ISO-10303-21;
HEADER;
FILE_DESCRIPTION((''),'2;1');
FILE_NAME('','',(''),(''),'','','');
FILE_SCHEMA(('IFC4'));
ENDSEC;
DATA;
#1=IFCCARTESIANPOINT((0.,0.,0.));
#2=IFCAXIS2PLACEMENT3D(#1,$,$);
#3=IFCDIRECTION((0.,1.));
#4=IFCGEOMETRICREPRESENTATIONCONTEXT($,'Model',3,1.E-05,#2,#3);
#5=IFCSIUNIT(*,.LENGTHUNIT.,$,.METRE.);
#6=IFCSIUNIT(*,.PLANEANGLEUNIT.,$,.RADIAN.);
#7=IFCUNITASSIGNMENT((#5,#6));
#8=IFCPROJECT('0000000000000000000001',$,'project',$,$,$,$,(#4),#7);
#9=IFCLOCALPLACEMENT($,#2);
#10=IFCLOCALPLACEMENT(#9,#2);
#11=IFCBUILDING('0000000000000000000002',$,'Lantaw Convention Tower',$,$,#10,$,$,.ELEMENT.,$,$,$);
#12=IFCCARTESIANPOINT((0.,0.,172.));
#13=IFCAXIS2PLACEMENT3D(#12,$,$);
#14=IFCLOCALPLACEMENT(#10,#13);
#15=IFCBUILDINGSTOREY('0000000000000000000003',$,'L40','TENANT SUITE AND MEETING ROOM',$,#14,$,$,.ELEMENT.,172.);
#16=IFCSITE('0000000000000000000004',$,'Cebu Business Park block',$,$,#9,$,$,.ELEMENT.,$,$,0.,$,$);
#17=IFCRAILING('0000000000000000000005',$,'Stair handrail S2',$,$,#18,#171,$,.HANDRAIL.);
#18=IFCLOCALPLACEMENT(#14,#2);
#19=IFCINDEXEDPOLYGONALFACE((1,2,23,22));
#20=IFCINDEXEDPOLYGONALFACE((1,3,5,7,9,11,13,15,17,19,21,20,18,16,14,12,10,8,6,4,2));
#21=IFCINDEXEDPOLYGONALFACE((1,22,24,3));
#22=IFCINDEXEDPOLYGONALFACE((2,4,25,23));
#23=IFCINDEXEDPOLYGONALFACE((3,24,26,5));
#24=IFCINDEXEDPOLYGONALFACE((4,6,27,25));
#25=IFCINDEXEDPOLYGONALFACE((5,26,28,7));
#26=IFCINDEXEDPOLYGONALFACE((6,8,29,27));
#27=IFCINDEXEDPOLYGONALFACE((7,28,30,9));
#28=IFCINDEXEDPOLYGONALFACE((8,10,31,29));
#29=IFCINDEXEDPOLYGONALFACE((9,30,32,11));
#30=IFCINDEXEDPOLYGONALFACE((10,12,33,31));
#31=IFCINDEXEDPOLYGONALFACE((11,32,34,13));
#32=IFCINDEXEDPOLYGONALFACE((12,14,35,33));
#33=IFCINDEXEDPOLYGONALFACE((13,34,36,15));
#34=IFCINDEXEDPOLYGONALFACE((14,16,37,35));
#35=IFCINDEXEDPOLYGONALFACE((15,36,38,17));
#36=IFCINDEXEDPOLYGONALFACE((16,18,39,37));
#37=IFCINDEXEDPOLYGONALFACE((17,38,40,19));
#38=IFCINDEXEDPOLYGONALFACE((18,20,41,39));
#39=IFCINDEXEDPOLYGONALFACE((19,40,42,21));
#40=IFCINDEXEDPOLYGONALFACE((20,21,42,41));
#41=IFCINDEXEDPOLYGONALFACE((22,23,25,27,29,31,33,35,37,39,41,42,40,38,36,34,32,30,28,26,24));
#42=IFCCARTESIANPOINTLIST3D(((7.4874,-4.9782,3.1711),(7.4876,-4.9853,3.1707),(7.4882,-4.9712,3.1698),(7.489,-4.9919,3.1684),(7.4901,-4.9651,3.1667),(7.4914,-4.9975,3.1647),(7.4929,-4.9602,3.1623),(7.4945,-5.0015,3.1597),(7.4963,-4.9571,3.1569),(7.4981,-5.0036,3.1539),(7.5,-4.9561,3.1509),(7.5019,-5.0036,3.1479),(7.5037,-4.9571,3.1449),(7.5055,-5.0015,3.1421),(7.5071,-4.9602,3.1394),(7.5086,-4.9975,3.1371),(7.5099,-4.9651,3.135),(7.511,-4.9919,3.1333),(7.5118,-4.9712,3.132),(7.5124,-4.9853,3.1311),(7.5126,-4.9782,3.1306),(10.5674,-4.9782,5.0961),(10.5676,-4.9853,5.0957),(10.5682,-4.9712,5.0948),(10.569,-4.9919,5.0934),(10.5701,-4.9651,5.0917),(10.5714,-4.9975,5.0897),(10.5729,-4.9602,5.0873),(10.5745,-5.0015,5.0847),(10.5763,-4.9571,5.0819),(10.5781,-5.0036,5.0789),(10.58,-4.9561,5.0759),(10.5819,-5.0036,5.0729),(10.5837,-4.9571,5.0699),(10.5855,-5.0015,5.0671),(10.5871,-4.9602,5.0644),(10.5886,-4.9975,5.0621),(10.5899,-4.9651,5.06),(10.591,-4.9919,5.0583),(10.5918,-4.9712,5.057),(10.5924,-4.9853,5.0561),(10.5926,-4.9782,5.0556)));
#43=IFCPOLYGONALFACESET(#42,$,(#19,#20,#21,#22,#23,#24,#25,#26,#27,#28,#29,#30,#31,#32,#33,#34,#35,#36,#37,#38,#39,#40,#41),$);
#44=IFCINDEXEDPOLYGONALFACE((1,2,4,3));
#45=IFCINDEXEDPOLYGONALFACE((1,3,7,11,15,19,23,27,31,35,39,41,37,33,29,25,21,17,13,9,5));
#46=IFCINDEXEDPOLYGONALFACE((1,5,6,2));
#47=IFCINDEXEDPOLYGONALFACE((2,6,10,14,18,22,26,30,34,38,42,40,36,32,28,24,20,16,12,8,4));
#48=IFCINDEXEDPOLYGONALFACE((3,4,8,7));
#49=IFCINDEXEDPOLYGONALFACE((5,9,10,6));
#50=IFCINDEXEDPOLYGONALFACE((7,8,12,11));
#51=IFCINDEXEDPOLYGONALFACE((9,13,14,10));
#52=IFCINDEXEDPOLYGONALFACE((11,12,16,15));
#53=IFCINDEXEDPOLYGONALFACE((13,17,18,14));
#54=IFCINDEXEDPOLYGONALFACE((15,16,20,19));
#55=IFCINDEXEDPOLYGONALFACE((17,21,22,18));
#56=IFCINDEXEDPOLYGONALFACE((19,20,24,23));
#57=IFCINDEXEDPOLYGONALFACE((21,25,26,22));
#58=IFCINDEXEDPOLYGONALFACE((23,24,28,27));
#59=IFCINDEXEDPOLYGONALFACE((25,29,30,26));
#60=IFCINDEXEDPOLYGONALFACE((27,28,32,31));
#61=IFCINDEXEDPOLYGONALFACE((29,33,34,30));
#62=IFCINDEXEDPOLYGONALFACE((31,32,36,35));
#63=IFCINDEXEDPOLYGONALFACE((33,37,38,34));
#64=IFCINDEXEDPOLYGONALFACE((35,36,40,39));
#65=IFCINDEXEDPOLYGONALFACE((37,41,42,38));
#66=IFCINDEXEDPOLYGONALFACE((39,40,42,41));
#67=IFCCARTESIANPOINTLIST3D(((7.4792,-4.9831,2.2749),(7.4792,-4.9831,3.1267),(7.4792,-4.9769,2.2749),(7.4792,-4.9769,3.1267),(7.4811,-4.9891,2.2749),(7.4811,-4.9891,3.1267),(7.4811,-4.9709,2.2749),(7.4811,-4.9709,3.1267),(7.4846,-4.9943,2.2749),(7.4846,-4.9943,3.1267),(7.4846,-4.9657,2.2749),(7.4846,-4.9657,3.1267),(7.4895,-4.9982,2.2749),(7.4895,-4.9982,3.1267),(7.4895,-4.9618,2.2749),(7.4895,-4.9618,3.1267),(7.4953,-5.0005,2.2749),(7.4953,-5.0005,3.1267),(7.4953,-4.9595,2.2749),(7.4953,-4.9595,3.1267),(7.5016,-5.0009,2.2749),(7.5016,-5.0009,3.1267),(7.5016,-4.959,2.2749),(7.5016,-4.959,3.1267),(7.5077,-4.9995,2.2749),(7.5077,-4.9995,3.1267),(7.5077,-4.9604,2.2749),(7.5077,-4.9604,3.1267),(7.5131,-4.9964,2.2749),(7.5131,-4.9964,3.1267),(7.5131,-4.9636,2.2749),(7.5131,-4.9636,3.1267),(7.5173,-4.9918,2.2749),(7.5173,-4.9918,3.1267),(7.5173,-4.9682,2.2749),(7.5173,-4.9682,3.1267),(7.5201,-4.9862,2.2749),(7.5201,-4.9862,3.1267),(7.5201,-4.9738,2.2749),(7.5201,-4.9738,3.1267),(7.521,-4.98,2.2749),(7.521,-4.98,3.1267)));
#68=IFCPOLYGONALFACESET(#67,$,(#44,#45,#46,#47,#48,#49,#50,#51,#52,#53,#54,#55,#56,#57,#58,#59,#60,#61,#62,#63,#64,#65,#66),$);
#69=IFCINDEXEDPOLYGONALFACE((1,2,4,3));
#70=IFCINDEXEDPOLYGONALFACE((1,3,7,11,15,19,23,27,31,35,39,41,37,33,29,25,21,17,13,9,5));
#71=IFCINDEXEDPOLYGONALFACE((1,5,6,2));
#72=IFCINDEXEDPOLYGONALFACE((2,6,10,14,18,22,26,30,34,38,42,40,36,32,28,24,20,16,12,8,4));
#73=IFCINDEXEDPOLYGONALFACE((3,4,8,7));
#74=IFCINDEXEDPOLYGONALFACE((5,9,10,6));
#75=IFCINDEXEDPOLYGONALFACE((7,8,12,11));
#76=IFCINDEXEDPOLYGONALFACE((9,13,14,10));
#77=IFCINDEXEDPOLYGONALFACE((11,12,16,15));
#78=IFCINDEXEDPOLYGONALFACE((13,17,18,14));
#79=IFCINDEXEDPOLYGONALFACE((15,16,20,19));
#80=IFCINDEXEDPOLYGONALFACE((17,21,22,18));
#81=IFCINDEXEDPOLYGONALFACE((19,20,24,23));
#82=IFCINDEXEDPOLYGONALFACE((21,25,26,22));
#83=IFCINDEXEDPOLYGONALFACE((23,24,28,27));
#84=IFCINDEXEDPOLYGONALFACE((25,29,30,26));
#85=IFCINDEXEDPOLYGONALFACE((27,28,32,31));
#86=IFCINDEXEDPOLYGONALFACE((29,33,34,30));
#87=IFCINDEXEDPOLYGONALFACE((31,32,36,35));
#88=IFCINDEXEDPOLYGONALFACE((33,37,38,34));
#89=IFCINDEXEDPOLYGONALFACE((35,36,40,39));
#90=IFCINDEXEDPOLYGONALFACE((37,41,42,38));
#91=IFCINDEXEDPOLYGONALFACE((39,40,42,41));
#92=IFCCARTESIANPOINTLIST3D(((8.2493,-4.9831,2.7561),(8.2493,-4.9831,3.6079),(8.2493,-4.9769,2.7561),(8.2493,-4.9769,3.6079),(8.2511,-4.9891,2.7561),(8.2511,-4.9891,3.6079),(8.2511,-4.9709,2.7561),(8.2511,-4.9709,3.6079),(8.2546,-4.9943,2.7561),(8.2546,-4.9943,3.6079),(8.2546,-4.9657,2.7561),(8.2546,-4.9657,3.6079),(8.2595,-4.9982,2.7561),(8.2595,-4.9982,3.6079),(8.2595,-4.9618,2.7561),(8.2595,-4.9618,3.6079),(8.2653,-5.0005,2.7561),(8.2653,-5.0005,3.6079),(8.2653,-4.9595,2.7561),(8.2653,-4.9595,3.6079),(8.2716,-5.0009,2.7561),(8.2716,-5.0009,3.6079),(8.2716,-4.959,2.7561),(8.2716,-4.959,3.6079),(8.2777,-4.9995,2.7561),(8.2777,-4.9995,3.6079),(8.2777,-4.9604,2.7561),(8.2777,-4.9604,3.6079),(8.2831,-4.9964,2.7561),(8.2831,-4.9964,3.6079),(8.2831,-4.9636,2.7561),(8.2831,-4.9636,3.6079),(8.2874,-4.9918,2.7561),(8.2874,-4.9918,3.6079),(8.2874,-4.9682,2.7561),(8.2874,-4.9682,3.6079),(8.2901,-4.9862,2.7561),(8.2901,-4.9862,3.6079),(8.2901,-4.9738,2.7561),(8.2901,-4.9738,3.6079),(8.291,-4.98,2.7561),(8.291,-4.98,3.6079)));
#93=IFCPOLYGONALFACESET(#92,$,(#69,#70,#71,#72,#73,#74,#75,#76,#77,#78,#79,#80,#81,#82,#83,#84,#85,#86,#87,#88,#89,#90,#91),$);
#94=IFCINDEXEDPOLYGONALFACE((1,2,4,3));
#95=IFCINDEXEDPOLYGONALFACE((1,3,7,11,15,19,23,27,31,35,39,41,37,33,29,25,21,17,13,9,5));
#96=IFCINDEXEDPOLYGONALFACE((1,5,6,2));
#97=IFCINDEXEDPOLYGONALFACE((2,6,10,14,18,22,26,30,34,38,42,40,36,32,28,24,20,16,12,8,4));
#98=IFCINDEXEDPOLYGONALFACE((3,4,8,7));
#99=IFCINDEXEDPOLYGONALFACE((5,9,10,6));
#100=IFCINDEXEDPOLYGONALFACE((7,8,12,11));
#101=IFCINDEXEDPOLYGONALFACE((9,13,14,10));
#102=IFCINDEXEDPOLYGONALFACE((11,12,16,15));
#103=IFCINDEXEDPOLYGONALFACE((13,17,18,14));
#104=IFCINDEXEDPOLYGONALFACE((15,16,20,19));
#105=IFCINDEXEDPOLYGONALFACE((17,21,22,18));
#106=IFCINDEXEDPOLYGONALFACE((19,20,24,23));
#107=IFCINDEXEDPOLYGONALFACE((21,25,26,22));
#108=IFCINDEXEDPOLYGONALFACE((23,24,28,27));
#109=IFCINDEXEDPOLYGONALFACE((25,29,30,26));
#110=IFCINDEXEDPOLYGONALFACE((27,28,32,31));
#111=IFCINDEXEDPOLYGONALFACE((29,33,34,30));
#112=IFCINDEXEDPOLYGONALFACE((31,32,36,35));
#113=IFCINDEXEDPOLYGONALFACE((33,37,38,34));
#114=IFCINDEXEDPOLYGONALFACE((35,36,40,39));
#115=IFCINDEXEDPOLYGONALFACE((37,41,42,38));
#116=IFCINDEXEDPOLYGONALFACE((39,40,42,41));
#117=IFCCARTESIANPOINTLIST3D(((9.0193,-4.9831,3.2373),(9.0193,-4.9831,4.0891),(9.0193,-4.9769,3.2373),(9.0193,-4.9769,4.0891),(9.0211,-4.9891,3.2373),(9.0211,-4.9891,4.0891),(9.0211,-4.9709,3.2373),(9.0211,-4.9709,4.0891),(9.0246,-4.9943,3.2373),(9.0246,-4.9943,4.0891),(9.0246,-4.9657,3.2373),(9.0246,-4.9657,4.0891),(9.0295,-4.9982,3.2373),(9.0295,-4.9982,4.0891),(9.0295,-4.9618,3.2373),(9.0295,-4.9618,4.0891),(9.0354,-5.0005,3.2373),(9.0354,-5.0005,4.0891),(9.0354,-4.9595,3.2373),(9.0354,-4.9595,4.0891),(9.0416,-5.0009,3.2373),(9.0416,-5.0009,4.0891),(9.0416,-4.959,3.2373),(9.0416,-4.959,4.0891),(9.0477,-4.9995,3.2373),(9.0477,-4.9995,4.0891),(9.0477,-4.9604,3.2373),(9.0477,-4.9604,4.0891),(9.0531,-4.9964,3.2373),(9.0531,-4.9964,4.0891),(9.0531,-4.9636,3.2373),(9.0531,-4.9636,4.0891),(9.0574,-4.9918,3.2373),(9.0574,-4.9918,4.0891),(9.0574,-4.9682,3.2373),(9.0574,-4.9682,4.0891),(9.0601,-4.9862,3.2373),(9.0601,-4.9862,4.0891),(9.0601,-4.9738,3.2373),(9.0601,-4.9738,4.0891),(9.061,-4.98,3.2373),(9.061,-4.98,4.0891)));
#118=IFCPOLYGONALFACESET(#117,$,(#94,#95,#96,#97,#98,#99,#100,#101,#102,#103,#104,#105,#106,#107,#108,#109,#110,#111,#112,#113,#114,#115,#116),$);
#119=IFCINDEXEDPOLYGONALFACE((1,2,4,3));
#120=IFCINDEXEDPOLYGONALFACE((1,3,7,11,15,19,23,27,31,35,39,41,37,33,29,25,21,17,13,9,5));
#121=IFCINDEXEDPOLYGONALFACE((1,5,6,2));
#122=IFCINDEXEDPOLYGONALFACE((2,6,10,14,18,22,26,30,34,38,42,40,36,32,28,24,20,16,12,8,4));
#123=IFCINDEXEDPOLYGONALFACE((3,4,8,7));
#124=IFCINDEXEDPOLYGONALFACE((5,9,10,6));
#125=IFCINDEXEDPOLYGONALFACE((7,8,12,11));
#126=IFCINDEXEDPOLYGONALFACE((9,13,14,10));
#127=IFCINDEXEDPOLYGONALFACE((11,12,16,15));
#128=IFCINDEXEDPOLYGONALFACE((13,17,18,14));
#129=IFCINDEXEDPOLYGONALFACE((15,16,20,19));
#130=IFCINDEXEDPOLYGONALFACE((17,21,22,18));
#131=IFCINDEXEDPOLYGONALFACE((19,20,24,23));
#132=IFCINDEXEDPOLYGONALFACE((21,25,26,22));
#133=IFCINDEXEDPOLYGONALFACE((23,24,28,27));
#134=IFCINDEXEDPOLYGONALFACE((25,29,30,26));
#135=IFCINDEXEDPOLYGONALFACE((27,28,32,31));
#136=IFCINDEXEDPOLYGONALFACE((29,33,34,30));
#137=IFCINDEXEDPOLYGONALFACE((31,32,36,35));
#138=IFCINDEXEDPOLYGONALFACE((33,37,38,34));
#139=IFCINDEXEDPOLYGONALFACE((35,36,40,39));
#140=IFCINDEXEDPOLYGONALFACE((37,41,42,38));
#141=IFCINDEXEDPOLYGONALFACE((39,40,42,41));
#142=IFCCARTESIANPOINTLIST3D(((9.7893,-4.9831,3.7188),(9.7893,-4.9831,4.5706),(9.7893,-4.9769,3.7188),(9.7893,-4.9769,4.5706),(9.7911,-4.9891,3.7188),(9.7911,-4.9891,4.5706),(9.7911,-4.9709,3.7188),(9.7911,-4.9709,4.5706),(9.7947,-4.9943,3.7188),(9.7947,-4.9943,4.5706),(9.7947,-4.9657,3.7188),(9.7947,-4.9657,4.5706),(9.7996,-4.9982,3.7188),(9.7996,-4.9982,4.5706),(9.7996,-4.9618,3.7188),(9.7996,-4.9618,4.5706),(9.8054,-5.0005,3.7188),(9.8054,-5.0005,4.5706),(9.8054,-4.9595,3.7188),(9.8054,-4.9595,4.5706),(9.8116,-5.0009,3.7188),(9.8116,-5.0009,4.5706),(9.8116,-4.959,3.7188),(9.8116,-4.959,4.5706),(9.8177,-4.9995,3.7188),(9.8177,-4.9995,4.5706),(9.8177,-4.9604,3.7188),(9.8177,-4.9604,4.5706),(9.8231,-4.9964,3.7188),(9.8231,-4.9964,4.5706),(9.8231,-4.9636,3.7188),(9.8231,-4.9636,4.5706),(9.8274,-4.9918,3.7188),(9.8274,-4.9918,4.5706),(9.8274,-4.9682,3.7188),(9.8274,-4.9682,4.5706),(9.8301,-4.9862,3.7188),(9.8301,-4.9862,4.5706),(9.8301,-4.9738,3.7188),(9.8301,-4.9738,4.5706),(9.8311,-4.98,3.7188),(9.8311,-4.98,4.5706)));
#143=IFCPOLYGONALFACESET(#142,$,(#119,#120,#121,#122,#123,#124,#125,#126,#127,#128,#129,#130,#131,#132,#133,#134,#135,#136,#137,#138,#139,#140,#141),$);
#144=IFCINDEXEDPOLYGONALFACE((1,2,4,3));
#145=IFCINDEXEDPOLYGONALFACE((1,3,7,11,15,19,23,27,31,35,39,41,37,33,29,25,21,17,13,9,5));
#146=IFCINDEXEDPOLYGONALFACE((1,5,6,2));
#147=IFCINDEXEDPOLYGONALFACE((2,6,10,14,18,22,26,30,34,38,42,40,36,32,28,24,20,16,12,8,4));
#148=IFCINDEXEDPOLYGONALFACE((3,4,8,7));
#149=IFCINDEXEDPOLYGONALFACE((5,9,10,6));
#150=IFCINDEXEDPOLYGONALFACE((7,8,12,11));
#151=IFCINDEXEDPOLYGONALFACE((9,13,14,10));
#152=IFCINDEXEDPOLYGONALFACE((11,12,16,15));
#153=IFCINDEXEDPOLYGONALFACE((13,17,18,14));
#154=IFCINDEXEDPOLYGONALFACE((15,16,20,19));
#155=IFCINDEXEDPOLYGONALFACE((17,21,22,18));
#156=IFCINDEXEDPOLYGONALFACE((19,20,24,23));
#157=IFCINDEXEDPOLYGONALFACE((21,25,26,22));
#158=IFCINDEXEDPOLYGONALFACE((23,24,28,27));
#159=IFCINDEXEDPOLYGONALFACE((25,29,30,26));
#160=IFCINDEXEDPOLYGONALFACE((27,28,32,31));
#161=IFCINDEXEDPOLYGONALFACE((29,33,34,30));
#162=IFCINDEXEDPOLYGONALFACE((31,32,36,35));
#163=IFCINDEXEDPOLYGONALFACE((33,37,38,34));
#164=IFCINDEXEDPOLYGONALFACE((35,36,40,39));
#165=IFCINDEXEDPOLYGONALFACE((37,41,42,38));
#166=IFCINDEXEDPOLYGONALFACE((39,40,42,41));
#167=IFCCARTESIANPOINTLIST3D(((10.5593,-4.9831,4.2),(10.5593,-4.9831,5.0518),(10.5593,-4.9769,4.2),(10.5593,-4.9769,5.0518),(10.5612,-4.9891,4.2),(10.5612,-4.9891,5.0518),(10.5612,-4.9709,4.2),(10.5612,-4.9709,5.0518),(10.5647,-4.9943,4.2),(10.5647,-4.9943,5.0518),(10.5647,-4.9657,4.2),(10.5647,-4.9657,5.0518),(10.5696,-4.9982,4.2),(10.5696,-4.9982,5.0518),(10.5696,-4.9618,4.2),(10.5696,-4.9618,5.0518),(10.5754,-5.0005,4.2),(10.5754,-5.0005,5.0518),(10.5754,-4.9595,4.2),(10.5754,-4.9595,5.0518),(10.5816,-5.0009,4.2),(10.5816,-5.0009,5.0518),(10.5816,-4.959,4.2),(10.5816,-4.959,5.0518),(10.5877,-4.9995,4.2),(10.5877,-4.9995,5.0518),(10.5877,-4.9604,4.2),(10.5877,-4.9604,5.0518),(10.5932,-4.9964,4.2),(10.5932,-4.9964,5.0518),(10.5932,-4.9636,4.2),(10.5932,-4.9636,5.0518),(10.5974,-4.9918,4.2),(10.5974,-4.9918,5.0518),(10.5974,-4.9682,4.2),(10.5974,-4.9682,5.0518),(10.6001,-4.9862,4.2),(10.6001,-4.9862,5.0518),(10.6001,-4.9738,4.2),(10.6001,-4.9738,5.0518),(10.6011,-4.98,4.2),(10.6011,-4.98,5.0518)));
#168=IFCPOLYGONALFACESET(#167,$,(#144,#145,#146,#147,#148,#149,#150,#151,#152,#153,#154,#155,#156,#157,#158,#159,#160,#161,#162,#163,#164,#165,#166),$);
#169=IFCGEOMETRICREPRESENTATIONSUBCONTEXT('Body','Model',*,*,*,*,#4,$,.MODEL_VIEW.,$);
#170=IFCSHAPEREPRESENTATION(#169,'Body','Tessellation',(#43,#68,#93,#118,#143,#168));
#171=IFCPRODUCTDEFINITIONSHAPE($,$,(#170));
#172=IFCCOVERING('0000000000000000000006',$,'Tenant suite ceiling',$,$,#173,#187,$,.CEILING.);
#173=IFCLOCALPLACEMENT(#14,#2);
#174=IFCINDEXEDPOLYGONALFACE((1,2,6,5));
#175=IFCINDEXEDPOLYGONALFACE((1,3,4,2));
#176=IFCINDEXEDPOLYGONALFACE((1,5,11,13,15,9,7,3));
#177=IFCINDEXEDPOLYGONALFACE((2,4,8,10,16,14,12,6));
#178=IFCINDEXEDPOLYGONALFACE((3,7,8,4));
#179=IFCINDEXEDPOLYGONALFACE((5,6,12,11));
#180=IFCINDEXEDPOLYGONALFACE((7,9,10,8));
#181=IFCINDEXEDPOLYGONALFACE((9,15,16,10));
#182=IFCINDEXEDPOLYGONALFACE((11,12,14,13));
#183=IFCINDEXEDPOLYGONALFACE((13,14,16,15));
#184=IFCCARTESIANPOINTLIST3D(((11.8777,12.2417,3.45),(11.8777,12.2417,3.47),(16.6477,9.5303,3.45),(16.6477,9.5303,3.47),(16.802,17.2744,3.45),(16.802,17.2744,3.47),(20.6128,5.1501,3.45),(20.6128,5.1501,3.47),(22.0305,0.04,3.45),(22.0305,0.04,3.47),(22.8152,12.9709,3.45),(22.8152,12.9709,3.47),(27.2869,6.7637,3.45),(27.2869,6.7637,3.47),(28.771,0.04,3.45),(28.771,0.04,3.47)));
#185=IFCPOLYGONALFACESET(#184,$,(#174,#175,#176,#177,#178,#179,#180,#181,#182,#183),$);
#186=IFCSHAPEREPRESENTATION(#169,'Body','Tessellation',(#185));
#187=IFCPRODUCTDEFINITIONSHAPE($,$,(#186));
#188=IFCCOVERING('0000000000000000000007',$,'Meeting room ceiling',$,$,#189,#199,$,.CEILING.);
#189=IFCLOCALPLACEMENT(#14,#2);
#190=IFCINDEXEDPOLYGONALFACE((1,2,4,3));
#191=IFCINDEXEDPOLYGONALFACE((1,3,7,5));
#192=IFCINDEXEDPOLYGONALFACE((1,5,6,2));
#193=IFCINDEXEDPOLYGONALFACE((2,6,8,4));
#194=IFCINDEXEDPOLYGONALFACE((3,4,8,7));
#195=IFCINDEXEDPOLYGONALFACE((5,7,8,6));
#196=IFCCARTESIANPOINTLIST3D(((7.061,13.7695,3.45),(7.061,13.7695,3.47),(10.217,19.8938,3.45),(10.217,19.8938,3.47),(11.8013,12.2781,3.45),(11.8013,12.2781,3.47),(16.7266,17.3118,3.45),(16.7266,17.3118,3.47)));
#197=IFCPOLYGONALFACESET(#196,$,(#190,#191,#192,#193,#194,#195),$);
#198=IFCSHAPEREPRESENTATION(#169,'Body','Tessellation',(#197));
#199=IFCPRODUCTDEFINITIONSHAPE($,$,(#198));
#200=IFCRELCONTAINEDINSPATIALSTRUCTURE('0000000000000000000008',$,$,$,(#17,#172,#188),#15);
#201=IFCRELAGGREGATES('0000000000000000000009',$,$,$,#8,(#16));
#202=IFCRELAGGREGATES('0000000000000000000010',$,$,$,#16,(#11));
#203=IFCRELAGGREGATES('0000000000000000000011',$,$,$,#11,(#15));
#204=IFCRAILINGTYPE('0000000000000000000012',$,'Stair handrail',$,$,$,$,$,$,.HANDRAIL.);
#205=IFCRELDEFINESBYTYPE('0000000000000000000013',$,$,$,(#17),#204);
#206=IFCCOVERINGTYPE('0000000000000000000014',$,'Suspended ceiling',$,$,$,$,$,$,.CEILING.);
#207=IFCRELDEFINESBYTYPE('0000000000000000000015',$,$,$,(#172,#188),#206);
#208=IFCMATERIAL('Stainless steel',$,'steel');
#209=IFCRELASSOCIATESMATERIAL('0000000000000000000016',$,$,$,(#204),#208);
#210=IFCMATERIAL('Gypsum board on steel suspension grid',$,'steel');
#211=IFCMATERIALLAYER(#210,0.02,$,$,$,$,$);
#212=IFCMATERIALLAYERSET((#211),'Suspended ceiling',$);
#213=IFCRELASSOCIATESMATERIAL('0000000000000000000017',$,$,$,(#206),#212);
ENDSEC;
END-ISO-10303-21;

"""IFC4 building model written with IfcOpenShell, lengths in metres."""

from ifc_helpers import new_model, si_unit, direction, frame, origin, origin_2d, place, context, subcontext, project, spatial, polyline, circle, outline, extrude, material, layer, layer_set, type_object, element, save


model = new_model("IFC4")

# Units and contexts
model_context = context("Model", 3, precision=1e-05, world=origin(), true_north=direction((0.0, 1.0)))
body_context = subcontext(model_context, "Body", "Model", "MODEL_VIEW")
ifc_project = project(units=[si_unit("LENGTHUNIT", "METRE"), si_unit("PLANEANGLEUNIT", "RADIAN")], contexts=[model_context])

# Site, building, storey
site_placement = place(None, origin())
site = spatial("IfcSite", under=ifc_project, at=site_placement, Name="Cebu Business Park block", CompositionType="ELEMENT", RefElevation=0.0)
building_placement = place(site_placement, origin())
building = spatial("IfcBuilding", under=site, at=building_placement, Name="Lantaw Convention Tower", CompositionType="ELEMENT")
storey_placement = place(building_placement, frame((0.0, 0.0, 172.0)))
storey = spatial("IfcBuildingStorey", under=building, at=storey_placement, Name="L40", Description="TENANT SUITE AND MEETING ROOM", CompositionType="ELEMENT", Elevation=172.0)

# Railing
ifc_material_1 = material(Name="Stainless steel", Category="steel")
railing_type = type_object("IfcRailingType", Name="Stair handrail", PredefinedType="HANDRAIL", material=ifc_material_1)
railing_1_placement = place(storey_placement, frame((7.5, -4.98, 2.2749)))
element("IfcRailing", 1, at=railing_1_placement, inside=storey, type_object=railing_type, Name="Stair handrail S2", PredefinedType="HANDRAIL", context=body_context, shape_type="SweptSolid", body=[
    extrude(circle(Radius=0.0239, at=origin_2d()), frame((0.0, 0.0, 0.876), z_axis=(0.847998, 0.0, 0.529999), x_axis=(0.0, 1.0, 0.0)), (0.0, 0.0, 1.0), 3.6321),
    extrude(circle(Radius=0.021, at=origin_2d()), origin(), (0.0, 0.0, 1.0), 0.8518),
    extrude(circle(Radius=0.021, at=origin_2d()), frame((0.77, 0.0, 0.4812)), (0.0, 0.0, 1.0), 0.8518),
    extrude(circle(Radius=0.021, at=origin_2d()), frame((1.54, 0.0, 0.9624)), (0.0, 0.0, 1.0), 0.8518),
    extrude(circle(Radius=0.021, at=origin_2d()), frame((2.3101, 0.0, 1.4438)), (0.0, 0.0, 1.0), 0.8518),
    extrude(circle(Radius=0.021, at=origin_2d()), frame((3.0801, 0.0, 1.925)), (0.0, 0.0, 1.0), 0.8518),
])

# Coverings
ifc_material_2 = material(Name="Gypsum board on steel suspension grid", Category="steel")
ifc_layer_1 = layer(ifc_material_2, 0.02)
ifc_layer_set_1 = layer_set([ifc_layer_1], Name="Suspended ceiling")
covering_type = type_object("IfcCoveringType", Name="Suspended ceiling", PredefinedType="CEILING", material=ifc_layer_set_1)
covering_1_placement = place(storey_placement, frame((0.0, 0.0, 3.45)))
element("IfcCovering", 2, at=covering_1_placement, inside=storey, type_object=covering_type, Name="Tenant suite ceiling", PredefinedType="CEILING", context=body_context, shape_type="SweptSolid", body=[
    extrude(outline(polyline([(22.0305, 0.04), (28.771, 0.04), (27.2869, 6.7637), (22.8152, 12.9709), (16.802, 17.2744), (11.8777, 12.2417), (16.6477, 9.5303), (20.6128, 5.1501), (22.0305, 0.04)])), origin(), (0.0, 0.0, 1.0), 0.02),
])
covering_2_placement = place(storey_placement, frame((0.0, 0.0, 3.45)))
element("IfcCovering", 3, at=covering_2_placement, inside=storey, type_object=covering_type, Name="Meeting room ceiling", PredefinedType="CEILING", context=body_context, shape_type="SweptSolid", body=[
    extrude(outline(polyline([(11.8013, 12.2781), (16.7266, 17.3118), (10.217, 19.8938), (7.061, 13.7695), (11.8013, 12.2781)])), origin(), (0.0, 0.0, 1.0), 0.02),
])

save(model, "model.ifc")
